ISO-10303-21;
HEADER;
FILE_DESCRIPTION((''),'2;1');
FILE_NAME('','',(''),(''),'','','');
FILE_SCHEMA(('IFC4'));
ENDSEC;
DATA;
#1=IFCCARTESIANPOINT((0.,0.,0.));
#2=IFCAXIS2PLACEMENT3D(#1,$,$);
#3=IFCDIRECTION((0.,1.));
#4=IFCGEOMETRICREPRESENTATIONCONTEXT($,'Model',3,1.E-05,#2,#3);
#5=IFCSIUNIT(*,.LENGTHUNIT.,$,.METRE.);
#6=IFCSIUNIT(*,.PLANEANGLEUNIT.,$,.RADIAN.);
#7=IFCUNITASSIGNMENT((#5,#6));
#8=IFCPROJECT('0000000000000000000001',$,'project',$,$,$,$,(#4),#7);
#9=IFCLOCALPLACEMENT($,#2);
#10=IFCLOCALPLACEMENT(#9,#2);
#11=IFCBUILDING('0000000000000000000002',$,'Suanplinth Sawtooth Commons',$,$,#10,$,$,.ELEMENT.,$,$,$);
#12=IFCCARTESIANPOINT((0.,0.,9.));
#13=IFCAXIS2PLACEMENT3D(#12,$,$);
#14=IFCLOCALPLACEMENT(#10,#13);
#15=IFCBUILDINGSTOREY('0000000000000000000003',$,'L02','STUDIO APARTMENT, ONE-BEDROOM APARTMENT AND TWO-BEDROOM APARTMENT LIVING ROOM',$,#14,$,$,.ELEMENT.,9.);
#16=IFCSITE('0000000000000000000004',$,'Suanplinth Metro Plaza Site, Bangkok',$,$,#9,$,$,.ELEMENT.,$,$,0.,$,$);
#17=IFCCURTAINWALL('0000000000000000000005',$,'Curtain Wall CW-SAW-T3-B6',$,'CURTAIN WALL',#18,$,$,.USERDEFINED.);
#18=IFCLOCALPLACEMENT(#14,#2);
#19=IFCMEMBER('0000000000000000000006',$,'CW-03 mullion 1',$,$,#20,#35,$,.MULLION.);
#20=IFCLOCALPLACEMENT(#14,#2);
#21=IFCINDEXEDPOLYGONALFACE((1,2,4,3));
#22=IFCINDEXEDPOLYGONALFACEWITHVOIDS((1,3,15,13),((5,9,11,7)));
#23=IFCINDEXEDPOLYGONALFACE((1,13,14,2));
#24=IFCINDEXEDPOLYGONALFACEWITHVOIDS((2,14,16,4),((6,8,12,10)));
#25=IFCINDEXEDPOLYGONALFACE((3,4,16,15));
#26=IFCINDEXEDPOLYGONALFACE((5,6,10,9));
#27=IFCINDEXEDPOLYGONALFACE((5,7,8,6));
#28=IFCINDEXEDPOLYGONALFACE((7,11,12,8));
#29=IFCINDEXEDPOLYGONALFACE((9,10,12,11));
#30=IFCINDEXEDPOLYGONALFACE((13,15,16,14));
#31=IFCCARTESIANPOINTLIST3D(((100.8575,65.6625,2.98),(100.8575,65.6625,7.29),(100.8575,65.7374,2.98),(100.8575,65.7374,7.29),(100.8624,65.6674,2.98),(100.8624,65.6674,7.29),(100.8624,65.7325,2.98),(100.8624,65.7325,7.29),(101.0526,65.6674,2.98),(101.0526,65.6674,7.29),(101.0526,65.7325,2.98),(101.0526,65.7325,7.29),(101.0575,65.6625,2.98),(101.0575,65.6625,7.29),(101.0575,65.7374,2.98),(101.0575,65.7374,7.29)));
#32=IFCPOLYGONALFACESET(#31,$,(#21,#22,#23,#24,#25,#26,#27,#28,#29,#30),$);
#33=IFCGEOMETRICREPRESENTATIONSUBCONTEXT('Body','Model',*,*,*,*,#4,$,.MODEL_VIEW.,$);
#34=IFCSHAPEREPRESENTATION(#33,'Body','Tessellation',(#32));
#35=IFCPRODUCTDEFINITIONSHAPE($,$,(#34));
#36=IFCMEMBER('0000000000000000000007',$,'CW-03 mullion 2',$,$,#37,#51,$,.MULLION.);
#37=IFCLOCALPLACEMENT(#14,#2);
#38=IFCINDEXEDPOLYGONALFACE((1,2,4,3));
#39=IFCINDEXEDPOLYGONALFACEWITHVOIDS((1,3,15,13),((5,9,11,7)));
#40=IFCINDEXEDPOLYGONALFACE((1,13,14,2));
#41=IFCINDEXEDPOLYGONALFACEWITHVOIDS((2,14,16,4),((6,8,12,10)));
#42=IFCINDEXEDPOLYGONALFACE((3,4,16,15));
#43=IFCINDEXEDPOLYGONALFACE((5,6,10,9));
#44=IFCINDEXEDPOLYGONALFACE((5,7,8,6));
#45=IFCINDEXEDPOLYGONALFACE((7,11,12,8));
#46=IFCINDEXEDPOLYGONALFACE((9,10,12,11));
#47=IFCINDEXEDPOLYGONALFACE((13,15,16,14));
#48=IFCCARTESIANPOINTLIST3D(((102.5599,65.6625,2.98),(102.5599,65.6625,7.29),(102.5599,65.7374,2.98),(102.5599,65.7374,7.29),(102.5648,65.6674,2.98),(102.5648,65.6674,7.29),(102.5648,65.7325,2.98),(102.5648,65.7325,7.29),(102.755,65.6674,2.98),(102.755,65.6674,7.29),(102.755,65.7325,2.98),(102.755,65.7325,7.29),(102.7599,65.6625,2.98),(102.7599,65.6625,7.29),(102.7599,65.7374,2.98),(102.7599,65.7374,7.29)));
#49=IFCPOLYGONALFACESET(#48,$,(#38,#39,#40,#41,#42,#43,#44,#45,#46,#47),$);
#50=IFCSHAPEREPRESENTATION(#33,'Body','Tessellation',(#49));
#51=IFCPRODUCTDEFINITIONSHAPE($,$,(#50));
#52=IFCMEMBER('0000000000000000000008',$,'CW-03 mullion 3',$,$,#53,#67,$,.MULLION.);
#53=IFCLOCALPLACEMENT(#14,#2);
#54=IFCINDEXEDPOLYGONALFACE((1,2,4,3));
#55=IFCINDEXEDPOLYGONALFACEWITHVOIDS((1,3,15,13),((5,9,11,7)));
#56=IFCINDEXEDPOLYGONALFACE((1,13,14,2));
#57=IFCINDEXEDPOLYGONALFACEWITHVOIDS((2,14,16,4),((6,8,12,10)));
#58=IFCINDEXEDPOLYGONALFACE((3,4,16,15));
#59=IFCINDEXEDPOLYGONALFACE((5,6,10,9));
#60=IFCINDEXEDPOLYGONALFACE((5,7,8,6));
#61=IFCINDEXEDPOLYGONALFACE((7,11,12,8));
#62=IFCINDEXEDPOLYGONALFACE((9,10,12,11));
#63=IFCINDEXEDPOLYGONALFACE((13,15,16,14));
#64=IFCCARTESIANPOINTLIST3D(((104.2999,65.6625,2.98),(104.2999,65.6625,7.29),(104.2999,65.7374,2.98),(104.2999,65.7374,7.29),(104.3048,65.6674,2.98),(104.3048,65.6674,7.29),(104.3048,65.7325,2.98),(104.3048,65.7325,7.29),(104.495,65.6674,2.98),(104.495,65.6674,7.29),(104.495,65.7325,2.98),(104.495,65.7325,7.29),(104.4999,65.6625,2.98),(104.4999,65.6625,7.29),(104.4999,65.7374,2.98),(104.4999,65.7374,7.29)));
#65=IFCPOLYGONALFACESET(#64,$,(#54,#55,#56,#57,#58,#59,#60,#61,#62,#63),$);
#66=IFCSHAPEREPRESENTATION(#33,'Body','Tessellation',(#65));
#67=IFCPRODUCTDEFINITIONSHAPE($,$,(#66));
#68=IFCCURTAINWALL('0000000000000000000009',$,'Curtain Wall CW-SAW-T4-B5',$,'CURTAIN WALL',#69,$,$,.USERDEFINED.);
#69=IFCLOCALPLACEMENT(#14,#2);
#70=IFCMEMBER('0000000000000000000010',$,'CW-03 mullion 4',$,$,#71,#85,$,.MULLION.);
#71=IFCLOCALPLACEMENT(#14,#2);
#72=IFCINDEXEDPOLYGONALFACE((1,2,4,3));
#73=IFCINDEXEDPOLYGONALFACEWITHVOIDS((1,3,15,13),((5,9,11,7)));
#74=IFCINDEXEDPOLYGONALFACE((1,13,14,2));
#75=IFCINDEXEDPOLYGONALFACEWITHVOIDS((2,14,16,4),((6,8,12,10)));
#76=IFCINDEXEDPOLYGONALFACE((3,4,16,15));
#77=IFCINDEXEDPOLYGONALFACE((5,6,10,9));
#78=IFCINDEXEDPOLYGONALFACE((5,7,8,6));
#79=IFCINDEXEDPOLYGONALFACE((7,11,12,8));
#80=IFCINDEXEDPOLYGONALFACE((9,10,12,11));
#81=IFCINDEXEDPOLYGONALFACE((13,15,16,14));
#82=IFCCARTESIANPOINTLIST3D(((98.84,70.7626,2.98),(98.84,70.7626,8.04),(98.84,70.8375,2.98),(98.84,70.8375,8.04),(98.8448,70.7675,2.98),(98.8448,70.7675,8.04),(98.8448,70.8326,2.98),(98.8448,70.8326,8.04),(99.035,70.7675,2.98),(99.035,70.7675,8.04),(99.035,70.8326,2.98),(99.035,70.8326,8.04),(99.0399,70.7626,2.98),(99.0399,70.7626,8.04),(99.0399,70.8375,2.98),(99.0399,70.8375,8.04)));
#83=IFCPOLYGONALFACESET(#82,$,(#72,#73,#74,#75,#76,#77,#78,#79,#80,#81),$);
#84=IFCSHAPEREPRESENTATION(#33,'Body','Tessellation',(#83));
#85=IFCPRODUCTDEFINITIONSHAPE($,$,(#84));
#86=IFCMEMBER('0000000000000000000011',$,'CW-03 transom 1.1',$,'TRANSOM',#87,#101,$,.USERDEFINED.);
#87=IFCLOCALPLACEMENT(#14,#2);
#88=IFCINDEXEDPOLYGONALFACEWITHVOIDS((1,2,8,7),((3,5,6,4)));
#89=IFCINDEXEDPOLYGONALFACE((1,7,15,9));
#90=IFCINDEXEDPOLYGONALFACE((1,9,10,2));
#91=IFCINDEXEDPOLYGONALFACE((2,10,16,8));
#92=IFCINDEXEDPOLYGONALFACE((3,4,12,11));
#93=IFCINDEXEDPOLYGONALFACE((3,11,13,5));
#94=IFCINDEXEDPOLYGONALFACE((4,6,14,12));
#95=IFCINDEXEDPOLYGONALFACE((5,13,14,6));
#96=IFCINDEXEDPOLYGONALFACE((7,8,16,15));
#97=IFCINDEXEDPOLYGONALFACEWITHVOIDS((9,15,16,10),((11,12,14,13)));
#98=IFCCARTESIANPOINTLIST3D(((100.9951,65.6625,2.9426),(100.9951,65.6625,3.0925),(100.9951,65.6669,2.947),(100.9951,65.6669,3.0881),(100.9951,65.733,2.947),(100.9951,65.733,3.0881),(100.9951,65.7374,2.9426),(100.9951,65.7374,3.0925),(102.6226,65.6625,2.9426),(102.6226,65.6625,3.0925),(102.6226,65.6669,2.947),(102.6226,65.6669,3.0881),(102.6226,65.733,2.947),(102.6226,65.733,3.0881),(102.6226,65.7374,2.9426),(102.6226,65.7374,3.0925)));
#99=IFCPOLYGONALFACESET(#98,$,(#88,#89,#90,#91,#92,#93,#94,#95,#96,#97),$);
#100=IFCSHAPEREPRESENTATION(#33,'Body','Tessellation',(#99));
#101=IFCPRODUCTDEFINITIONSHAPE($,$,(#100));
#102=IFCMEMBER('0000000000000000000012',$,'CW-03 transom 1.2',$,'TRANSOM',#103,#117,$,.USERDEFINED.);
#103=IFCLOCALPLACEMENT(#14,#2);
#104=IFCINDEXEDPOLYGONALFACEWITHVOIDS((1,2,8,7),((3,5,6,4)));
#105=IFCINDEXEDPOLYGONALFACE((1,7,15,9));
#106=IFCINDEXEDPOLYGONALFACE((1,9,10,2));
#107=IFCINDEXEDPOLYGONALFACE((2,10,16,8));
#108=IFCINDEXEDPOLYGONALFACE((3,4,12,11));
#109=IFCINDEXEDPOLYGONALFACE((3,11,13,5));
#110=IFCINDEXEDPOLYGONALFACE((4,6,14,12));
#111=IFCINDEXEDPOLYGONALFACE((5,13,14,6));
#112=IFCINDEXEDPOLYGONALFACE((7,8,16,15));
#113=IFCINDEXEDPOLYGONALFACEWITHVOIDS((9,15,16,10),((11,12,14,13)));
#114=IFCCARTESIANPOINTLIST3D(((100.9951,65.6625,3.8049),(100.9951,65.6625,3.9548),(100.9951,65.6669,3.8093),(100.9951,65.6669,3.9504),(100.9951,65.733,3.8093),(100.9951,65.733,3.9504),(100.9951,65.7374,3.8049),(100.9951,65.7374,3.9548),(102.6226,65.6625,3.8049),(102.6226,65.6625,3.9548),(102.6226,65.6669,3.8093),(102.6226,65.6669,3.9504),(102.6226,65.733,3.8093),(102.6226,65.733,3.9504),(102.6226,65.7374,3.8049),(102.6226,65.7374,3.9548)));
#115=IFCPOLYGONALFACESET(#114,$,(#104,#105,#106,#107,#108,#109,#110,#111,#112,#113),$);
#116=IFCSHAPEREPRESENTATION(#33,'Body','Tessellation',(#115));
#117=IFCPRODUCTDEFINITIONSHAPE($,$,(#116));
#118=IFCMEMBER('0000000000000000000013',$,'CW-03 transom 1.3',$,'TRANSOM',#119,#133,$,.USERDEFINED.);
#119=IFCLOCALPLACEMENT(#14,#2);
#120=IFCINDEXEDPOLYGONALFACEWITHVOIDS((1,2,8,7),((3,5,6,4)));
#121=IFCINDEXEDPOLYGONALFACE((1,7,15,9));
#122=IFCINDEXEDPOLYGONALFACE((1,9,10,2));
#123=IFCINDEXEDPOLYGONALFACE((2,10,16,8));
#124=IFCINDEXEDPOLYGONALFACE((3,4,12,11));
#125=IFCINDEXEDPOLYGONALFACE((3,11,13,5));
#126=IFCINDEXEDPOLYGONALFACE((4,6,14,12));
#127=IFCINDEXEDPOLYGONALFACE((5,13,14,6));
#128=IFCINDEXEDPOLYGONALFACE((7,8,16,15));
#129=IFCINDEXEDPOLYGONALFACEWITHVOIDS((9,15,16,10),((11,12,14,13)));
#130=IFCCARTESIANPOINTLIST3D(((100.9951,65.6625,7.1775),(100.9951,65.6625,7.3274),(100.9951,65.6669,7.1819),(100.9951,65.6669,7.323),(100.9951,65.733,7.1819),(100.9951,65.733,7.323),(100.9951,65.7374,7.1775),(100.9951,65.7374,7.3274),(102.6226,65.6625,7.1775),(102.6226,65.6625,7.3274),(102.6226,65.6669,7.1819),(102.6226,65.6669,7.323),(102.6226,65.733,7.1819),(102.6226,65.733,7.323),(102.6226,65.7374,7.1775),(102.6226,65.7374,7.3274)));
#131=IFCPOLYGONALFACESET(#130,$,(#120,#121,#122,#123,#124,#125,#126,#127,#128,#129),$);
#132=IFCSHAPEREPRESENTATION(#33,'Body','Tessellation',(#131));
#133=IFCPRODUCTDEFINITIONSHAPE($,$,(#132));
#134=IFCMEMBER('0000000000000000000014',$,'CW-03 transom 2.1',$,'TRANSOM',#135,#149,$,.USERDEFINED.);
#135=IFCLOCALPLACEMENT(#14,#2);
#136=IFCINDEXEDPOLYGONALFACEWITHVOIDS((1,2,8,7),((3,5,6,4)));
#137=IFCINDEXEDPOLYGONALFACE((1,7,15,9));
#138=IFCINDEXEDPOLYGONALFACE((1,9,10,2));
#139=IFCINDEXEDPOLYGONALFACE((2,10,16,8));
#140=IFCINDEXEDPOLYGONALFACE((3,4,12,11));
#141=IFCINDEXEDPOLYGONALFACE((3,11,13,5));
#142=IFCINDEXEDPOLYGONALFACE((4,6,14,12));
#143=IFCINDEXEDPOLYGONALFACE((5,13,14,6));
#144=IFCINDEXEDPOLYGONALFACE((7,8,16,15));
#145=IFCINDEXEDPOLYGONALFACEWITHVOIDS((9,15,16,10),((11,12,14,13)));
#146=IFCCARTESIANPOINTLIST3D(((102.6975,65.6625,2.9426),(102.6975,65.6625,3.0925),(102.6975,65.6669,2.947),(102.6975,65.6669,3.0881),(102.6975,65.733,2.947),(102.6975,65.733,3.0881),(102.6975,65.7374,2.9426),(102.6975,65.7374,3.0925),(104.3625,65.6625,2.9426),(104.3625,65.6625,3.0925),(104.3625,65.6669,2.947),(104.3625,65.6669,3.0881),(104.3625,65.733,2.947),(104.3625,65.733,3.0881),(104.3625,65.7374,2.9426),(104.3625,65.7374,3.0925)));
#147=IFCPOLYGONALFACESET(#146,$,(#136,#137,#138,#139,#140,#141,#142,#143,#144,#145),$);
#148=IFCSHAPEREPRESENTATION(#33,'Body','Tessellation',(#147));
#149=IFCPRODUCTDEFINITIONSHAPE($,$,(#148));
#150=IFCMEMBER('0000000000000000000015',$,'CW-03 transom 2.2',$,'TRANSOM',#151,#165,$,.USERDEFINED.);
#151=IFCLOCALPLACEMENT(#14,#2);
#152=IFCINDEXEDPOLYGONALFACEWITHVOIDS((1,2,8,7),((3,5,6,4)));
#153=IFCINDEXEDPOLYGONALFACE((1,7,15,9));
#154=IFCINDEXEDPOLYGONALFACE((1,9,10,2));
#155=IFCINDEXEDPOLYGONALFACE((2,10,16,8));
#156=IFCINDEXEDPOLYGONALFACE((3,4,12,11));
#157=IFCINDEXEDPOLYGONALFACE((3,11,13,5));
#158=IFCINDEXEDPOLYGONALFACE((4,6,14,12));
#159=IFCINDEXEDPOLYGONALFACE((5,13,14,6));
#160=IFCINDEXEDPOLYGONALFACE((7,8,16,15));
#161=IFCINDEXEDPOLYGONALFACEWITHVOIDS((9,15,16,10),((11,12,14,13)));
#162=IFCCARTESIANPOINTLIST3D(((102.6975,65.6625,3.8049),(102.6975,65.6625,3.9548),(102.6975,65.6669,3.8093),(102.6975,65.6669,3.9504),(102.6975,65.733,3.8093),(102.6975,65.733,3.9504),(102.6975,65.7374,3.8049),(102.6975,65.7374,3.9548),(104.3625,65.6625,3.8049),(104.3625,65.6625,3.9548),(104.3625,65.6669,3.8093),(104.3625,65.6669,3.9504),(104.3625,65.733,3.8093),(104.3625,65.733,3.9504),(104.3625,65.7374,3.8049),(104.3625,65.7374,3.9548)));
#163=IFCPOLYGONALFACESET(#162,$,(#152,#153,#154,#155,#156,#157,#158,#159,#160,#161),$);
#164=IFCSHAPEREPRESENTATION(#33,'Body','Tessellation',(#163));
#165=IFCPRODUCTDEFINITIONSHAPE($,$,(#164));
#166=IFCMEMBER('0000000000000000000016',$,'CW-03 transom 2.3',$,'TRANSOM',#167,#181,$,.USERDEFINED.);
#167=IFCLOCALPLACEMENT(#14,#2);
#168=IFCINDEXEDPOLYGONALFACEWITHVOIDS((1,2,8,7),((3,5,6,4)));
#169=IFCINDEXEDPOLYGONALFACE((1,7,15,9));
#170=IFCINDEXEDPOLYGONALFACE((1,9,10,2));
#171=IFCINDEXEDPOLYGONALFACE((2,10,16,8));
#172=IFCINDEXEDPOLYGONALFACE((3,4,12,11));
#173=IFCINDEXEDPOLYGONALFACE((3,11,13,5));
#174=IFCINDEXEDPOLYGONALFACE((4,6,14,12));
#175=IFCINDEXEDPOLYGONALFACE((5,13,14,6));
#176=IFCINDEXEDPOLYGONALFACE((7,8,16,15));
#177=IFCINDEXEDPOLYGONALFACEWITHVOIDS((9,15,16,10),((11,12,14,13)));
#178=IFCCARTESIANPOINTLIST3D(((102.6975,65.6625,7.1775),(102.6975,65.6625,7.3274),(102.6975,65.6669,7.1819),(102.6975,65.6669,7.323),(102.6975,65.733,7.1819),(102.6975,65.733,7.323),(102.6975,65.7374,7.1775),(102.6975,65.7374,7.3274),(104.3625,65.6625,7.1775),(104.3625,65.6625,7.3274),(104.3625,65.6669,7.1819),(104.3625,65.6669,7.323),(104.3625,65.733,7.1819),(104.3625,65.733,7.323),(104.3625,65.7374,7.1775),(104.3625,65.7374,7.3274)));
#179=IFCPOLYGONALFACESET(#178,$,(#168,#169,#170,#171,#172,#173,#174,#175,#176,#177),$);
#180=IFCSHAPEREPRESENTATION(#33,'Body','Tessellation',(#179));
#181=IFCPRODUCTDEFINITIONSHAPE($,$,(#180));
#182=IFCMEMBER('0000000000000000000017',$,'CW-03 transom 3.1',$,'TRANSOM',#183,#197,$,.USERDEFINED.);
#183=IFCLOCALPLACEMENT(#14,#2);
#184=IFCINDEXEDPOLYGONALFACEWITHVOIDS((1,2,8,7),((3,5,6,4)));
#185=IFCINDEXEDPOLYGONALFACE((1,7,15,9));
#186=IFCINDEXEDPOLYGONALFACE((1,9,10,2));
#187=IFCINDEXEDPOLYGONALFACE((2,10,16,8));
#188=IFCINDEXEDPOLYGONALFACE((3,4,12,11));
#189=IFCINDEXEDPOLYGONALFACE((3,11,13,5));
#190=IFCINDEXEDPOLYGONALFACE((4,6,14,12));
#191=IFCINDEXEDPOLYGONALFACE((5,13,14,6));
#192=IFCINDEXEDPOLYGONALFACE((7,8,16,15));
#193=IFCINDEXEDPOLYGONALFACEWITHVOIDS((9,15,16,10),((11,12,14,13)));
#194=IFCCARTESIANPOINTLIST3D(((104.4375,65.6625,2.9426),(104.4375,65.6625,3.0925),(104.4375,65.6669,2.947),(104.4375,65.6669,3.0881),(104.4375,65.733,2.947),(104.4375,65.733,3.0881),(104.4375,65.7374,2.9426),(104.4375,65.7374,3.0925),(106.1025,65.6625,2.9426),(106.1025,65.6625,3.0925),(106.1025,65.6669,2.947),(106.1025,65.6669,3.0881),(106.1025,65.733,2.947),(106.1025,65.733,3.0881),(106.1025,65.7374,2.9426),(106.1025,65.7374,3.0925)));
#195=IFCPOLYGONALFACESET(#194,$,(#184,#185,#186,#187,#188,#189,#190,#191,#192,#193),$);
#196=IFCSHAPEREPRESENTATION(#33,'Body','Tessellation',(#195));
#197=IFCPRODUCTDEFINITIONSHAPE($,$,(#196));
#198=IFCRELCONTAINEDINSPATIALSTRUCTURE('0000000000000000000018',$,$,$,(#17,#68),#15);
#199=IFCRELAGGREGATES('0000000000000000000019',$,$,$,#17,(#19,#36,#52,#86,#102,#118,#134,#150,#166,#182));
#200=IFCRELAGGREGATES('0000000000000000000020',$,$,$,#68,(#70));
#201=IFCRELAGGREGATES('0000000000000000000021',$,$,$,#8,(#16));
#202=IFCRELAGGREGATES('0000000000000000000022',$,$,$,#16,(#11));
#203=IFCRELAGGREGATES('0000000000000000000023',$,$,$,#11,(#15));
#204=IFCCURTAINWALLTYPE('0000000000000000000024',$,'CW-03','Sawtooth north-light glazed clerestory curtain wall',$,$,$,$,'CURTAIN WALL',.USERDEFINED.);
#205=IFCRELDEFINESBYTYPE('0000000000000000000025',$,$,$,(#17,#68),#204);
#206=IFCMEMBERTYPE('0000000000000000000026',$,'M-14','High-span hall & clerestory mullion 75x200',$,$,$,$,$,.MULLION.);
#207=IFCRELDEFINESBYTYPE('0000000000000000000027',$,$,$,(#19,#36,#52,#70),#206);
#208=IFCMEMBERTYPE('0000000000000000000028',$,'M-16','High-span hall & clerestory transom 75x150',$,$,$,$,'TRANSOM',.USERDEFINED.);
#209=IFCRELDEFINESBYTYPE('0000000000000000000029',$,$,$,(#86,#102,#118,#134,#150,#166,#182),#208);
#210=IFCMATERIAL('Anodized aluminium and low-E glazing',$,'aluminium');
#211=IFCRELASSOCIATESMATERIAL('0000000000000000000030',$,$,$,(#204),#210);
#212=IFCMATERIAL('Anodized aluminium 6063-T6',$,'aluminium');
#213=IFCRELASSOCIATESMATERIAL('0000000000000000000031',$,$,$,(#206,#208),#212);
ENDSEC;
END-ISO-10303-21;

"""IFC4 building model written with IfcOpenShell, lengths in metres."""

from ifc_helpers import new_model, si_unit, direction, frame, origin, origin_2d, place, context, subcontext, project, spatial, hollow_rectangle, extrude, material, material_profile, profile_set, type_object, element, aggregate, save


model = new_model("IFC4")

# Units and contexts
model_context = context("Model", 3, precision=1e-05, world=origin(), true_north=direction((0.0, 1.0)))
body_context = subcontext(model_context, "Body", "Model", "MODEL_VIEW")
ifc_project = project(units=[si_unit("LENGTHUNIT", "METRE"), si_unit("PLANEANGLEUNIT", "RADIAN")], contexts=[model_context])

# Site, building, storey
site_placement = place(None, origin())
site = spatial("IfcSite", under=ifc_project, at=site_placement, Name="Suanplinth Metro Plaza Site, Bangkok", CompositionType="ELEMENT", RefElevation=0.0)
building_placement = place(site_placement, origin())
building = spatial("IfcBuilding", under=site, at=building_placement, Name="Suanplinth Sawtooth Commons", CompositionType="ELEMENT")
storey_placement = place(building_placement, frame((0.0, 0.0, 9.0)))
storey = spatial("IfcBuildingStorey", under=building, at=storey_placement, Name="L02", Description="STUDIO APARTMENT, ONE-BEDROOM APARTMENT AND TWO-BEDROOM APARTMENT LIVING ROOM", CompositionType="ELEMENT", Elevation=9.0)

# Shared definitions
ifc_material_1 = material(Name="Anodized aluminium and low-E glazing", Category="aluminium")
curtain_wall_type = type_object("IfcCurtainWallType", Name="CW-03", Description="Sawtooth north-light glazed clerestory curtain wall", ElementType="CURTAIN WALL", PredefinedType="USERDEFINED", material=ifc_material_1)
ifc_material_2 = material(Name="Anodized aluminium 6063-T6", Category="aluminium")
ifc_material_profile_1 = material_profile(ifc_material_2, hollow_rectangle(XDim=0.075, YDim=0.2, WallThickness=0.0049, at=origin_2d()), Name="ALU-MUL 75x200")
ifc_profile_set_1 = profile_set([ifc_material_profile_1], Name="Anodized aluminium 6063-T6")
member_type_1 = type_object("IfcMemberType", Name="M-14", Description="High-span hall & clerestory mullion 75x200", PredefinedType="MULLION", material=ifc_profile_set_1)

# Curtain wall, members
curtain_wall_1_placement = place(storey_placement, origin())
curtain_wall_1 = element("IfcCurtainWall", 1, at=curtain_wall_1_placement, inside=storey, type_object=curtain_wall_type, Name="Curtain Wall CW-SAW-T3-B6", ObjectType="CURTAIN WALL", PredefinedType="USERDEFINED")
member_1_placement = place(storey_placement, frame((100.9575, 65.7, 2.98), z_axis=(0.0, 0.0, 1.0), x_axis=(0.0, 1.0, 0.0)))
member_1 = element("IfcMember", 2, at=member_1_placement, type_object=member_type_1, Name="CW-03 mullion 1", PredefinedType="MULLION", context=body_context, shape_type="SweptSolid", body=[
    extrude(hollow_rectangle(XDim=0.075, YDim=0.2, WallThickness=0.0049, at=origin_2d()), origin(), (0.0, 0.0, 1.0), 4.3101),
])
member_2_placement = place(storey_placement, frame((102.6599, 65.7, 2.98), z_axis=(0.0, 0.0, 1.0), x_axis=(0.0, 1.0, 0.0)))
member_2 = element("IfcMember", 3, at=member_2_placement, type_object=member_type_1, Name="CW-03 mullion 2", PredefinedType="MULLION", context=body_context, shape_type="SweptSolid", body=[
    extrude(hollow_rectangle(XDim=0.075, YDim=0.2, WallThickness=0.0049, at=origin_2d()), origin(), (0.0, 0.0, 1.0), 4.3101),
])
member_3_placement = place(storey_placement, frame((104.3999, 65.7, 2.98), z_axis=(0.0, 0.0, 1.0), x_axis=(0.0, 1.0, 0.0)))
member_3 = element("IfcMember", 4, at=member_3_placement, type_object=member_type_1, Name="CW-03 mullion 3", PredefinedType="MULLION", context=body_context, shape_type="SweptSolid", body=[
    extrude(hollow_rectangle(XDim=0.075, YDim=0.2, WallThickness=0.0049, at=origin_2d()), origin(), (0.0, 0.0, 1.0), 4.3101),
])

# Curtain wall, member
curtain_wall_2_placement = place(storey_placement, origin())
curtain_wall_2 = element("IfcCurtainWall", 5, at=curtain_wall_2_placement, inside=storey, type_object=curtain_wall_type, Name="Curtain Wall CW-SAW-T4-B5", ObjectType="CURTAIN WALL", PredefinedType="USERDEFINED")
member_4_placement = place(storey_placement, frame((98.9399, 70.8, 2.98), z_axis=(0.0, 0.0, 1.0), x_axis=(0.0, 1.0, 0.0)))
member_4 = element("IfcMember", 6, at=member_4_placement, type_object=member_type_1, Name="CW-03 mullion 4", PredefinedType="MULLION", context=body_context, shape_type="SweptSolid", body=[
    extrude(hollow_rectangle(XDim=0.075, YDim=0.2, WallThickness=0.0049, at=origin_2d()), origin(), (0.0, 0.0, 1.0), 5.0601),
])

# Members
ifc_material_profile_2 = material_profile(ifc_material_2, hollow_rectangle(XDim=0.075, YDim=0.1499, WallThickness=0.0044, at=origin_2d()), Name="ALU-TRN 75x150")
ifc_profile_set_2 = profile_set([ifc_material_profile_2], Name="Anodized aluminium 6063-T6")
member_type_2 = type_object("IfcMemberType", Name="M-16", Description="High-span hall & clerestory transom 75x150", ElementType="TRANSOM", PredefinedType="USERDEFINED", material=ifc_profile_set_2)
member_5_placement = place(storey_placement, frame((100.9951, 65.7, 3.0176), z_axis=(1.0, 0.0, 0.0), x_axis=(0.0, 1.0, 0.0)))
member_5 = element("IfcMember", 7, at=member_5_placement, type_object=member_type_2, Name="CW-03 transom 1.1", ObjectType="TRANSOM", PredefinedType="USERDEFINED", context=body_context, shape_type="SweptSolid", body=[
    extrude(hollow_rectangle(XDim=0.075, YDim=0.1499, WallThickness=0.0044, at=origin_2d()), origin(), (0.0, 0.0, 1.0), 1.6274),
])
member_6_placement = place(storey_placement, frame((100.9951, 65.7, 3.8799), z_axis=(1.0, 0.0, 0.0), x_axis=(0.0, 1.0, 0.0)))
member_6 = element("IfcMember", 8, at=member_6_placement, type_object=member_type_2, Name="CW-03 transom 1.2", ObjectType="TRANSOM", PredefinedType="USERDEFINED", context=body_context, shape_type="SweptSolid", body=[
    extrude(hollow_rectangle(XDim=0.075, YDim=0.1499, WallThickness=0.0044, at=origin_2d()), origin(), (0.0, 0.0, 1.0), 1.6274),
])
member_7_placement = place(storey_placement, frame((100.9951, 65.7, 7.2524), z_axis=(1.0, 0.0, 0.0), x_axis=(0.0, 1.0, 0.0)))
member_7 = element("IfcMember", 9, at=member_7_placement, type_object=member_type_2, Name="CW-03 transom 1.3", ObjectType="TRANSOM", PredefinedType="USERDEFINED", context=body_context, shape_type="SweptSolid", body=[
    extrude(hollow_rectangle(XDim=0.075, YDim=0.1499, WallThickness=0.0044, at=origin_2d()), origin(), (0.0, 0.0, 1.0), 1.6274),
])
member_8_placement = place(storey_placement, frame((102.6975, 65.7, 3.0176), z_axis=(1.0, 0.0, 0.0), x_axis=(0.0, 1.0, 0.0)))
member_8 = element("IfcMember", 10, at=member_8_placement, type_object=member_type_2, Name="CW-03 transom 2.1", ObjectType="TRANSOM", PredefinedType="USERDEFINED", context=body_context, shape_type="SweptSolid", body=[
    extrude(hollow_rectangle(XDim=0.075, YDim=0.1499, WallThickness=0.0044, at=origin_2d()), origin(), (0.0, 0.0, 1.0), 1.665),
])
member_9_placement = place(storey_placement, frame((102.6975, 65.7, 3.8799), z_axis=(1.0, 0.0, 0.0), x_axis=(0.0, 1.0, 0.0)))
member_9 = element("IfcMember", 11, at=member_9_placement, type_object=member_type_2, Name="CW-03 transom 2.2", ObjectType="TRANSOM", PredefinedType="USERDEFINED", context=body_context, shape_type="SweptSolid", body=[
    extrude(hollow_rectangle(XDim=0.075, YDim=0.1499, WallThickness=0.0044, at=origin_2d()), origin(), (0.0, 0.0, 1.0), 1.665),
])
member_10_placement = place(storey_placement, frame((102.6975, 65.7, 7.2524), z_axis=(1.0, 0.0, 0.0), x_axis=(0.0, 1.0, 0.0)))
member_10 = element("IfcMember", 12, at=member_10_placement, type_object=member_type_2, Name="CW-03 transom 2.3", ObjectType="TRANSOM", PredefinedType="USERDEFINED", context=body_context, shape_type="SweptSolid", body=[
    extrude(hollow_rectangle(XDim=0.075, YDim=0.1499, WallThickness=0.0044, at=origin_2d()), origin(), (0.0, 0.0, 1.0), 1.665),
])
member_11_placement = place(storey_placement, frame((104.4375, 65.7, 3.0176), z_axis=(1.0, 0.0, 0.0), x_axis=(0.0, 1.0, 0.0)))
member_11 = element("IfcMember", 13, at=member_11_placement, type_object=member_type_2, Name="CW-03 transom 3.1", ObjectType="TRANSOM", PredefinedType="USERDEFINED", context=body_context, shape_type="SweptSolid", body=[
    extrude(hollow_rectangle(XDim=0.075, YDim=0.1499, WallThickness=0.0044, at=origin_2d()), origin(), (0.0, 0.0, 1.0), 1.665),
])

aggregate(curtain_wall_1, [member_1, member_2, member_3, member_5, member_6, member_7, member_8, member_9, member_10, member_11])
aggregate(curtain_wall_2, [member_4])

save(model, "model.ifc")
